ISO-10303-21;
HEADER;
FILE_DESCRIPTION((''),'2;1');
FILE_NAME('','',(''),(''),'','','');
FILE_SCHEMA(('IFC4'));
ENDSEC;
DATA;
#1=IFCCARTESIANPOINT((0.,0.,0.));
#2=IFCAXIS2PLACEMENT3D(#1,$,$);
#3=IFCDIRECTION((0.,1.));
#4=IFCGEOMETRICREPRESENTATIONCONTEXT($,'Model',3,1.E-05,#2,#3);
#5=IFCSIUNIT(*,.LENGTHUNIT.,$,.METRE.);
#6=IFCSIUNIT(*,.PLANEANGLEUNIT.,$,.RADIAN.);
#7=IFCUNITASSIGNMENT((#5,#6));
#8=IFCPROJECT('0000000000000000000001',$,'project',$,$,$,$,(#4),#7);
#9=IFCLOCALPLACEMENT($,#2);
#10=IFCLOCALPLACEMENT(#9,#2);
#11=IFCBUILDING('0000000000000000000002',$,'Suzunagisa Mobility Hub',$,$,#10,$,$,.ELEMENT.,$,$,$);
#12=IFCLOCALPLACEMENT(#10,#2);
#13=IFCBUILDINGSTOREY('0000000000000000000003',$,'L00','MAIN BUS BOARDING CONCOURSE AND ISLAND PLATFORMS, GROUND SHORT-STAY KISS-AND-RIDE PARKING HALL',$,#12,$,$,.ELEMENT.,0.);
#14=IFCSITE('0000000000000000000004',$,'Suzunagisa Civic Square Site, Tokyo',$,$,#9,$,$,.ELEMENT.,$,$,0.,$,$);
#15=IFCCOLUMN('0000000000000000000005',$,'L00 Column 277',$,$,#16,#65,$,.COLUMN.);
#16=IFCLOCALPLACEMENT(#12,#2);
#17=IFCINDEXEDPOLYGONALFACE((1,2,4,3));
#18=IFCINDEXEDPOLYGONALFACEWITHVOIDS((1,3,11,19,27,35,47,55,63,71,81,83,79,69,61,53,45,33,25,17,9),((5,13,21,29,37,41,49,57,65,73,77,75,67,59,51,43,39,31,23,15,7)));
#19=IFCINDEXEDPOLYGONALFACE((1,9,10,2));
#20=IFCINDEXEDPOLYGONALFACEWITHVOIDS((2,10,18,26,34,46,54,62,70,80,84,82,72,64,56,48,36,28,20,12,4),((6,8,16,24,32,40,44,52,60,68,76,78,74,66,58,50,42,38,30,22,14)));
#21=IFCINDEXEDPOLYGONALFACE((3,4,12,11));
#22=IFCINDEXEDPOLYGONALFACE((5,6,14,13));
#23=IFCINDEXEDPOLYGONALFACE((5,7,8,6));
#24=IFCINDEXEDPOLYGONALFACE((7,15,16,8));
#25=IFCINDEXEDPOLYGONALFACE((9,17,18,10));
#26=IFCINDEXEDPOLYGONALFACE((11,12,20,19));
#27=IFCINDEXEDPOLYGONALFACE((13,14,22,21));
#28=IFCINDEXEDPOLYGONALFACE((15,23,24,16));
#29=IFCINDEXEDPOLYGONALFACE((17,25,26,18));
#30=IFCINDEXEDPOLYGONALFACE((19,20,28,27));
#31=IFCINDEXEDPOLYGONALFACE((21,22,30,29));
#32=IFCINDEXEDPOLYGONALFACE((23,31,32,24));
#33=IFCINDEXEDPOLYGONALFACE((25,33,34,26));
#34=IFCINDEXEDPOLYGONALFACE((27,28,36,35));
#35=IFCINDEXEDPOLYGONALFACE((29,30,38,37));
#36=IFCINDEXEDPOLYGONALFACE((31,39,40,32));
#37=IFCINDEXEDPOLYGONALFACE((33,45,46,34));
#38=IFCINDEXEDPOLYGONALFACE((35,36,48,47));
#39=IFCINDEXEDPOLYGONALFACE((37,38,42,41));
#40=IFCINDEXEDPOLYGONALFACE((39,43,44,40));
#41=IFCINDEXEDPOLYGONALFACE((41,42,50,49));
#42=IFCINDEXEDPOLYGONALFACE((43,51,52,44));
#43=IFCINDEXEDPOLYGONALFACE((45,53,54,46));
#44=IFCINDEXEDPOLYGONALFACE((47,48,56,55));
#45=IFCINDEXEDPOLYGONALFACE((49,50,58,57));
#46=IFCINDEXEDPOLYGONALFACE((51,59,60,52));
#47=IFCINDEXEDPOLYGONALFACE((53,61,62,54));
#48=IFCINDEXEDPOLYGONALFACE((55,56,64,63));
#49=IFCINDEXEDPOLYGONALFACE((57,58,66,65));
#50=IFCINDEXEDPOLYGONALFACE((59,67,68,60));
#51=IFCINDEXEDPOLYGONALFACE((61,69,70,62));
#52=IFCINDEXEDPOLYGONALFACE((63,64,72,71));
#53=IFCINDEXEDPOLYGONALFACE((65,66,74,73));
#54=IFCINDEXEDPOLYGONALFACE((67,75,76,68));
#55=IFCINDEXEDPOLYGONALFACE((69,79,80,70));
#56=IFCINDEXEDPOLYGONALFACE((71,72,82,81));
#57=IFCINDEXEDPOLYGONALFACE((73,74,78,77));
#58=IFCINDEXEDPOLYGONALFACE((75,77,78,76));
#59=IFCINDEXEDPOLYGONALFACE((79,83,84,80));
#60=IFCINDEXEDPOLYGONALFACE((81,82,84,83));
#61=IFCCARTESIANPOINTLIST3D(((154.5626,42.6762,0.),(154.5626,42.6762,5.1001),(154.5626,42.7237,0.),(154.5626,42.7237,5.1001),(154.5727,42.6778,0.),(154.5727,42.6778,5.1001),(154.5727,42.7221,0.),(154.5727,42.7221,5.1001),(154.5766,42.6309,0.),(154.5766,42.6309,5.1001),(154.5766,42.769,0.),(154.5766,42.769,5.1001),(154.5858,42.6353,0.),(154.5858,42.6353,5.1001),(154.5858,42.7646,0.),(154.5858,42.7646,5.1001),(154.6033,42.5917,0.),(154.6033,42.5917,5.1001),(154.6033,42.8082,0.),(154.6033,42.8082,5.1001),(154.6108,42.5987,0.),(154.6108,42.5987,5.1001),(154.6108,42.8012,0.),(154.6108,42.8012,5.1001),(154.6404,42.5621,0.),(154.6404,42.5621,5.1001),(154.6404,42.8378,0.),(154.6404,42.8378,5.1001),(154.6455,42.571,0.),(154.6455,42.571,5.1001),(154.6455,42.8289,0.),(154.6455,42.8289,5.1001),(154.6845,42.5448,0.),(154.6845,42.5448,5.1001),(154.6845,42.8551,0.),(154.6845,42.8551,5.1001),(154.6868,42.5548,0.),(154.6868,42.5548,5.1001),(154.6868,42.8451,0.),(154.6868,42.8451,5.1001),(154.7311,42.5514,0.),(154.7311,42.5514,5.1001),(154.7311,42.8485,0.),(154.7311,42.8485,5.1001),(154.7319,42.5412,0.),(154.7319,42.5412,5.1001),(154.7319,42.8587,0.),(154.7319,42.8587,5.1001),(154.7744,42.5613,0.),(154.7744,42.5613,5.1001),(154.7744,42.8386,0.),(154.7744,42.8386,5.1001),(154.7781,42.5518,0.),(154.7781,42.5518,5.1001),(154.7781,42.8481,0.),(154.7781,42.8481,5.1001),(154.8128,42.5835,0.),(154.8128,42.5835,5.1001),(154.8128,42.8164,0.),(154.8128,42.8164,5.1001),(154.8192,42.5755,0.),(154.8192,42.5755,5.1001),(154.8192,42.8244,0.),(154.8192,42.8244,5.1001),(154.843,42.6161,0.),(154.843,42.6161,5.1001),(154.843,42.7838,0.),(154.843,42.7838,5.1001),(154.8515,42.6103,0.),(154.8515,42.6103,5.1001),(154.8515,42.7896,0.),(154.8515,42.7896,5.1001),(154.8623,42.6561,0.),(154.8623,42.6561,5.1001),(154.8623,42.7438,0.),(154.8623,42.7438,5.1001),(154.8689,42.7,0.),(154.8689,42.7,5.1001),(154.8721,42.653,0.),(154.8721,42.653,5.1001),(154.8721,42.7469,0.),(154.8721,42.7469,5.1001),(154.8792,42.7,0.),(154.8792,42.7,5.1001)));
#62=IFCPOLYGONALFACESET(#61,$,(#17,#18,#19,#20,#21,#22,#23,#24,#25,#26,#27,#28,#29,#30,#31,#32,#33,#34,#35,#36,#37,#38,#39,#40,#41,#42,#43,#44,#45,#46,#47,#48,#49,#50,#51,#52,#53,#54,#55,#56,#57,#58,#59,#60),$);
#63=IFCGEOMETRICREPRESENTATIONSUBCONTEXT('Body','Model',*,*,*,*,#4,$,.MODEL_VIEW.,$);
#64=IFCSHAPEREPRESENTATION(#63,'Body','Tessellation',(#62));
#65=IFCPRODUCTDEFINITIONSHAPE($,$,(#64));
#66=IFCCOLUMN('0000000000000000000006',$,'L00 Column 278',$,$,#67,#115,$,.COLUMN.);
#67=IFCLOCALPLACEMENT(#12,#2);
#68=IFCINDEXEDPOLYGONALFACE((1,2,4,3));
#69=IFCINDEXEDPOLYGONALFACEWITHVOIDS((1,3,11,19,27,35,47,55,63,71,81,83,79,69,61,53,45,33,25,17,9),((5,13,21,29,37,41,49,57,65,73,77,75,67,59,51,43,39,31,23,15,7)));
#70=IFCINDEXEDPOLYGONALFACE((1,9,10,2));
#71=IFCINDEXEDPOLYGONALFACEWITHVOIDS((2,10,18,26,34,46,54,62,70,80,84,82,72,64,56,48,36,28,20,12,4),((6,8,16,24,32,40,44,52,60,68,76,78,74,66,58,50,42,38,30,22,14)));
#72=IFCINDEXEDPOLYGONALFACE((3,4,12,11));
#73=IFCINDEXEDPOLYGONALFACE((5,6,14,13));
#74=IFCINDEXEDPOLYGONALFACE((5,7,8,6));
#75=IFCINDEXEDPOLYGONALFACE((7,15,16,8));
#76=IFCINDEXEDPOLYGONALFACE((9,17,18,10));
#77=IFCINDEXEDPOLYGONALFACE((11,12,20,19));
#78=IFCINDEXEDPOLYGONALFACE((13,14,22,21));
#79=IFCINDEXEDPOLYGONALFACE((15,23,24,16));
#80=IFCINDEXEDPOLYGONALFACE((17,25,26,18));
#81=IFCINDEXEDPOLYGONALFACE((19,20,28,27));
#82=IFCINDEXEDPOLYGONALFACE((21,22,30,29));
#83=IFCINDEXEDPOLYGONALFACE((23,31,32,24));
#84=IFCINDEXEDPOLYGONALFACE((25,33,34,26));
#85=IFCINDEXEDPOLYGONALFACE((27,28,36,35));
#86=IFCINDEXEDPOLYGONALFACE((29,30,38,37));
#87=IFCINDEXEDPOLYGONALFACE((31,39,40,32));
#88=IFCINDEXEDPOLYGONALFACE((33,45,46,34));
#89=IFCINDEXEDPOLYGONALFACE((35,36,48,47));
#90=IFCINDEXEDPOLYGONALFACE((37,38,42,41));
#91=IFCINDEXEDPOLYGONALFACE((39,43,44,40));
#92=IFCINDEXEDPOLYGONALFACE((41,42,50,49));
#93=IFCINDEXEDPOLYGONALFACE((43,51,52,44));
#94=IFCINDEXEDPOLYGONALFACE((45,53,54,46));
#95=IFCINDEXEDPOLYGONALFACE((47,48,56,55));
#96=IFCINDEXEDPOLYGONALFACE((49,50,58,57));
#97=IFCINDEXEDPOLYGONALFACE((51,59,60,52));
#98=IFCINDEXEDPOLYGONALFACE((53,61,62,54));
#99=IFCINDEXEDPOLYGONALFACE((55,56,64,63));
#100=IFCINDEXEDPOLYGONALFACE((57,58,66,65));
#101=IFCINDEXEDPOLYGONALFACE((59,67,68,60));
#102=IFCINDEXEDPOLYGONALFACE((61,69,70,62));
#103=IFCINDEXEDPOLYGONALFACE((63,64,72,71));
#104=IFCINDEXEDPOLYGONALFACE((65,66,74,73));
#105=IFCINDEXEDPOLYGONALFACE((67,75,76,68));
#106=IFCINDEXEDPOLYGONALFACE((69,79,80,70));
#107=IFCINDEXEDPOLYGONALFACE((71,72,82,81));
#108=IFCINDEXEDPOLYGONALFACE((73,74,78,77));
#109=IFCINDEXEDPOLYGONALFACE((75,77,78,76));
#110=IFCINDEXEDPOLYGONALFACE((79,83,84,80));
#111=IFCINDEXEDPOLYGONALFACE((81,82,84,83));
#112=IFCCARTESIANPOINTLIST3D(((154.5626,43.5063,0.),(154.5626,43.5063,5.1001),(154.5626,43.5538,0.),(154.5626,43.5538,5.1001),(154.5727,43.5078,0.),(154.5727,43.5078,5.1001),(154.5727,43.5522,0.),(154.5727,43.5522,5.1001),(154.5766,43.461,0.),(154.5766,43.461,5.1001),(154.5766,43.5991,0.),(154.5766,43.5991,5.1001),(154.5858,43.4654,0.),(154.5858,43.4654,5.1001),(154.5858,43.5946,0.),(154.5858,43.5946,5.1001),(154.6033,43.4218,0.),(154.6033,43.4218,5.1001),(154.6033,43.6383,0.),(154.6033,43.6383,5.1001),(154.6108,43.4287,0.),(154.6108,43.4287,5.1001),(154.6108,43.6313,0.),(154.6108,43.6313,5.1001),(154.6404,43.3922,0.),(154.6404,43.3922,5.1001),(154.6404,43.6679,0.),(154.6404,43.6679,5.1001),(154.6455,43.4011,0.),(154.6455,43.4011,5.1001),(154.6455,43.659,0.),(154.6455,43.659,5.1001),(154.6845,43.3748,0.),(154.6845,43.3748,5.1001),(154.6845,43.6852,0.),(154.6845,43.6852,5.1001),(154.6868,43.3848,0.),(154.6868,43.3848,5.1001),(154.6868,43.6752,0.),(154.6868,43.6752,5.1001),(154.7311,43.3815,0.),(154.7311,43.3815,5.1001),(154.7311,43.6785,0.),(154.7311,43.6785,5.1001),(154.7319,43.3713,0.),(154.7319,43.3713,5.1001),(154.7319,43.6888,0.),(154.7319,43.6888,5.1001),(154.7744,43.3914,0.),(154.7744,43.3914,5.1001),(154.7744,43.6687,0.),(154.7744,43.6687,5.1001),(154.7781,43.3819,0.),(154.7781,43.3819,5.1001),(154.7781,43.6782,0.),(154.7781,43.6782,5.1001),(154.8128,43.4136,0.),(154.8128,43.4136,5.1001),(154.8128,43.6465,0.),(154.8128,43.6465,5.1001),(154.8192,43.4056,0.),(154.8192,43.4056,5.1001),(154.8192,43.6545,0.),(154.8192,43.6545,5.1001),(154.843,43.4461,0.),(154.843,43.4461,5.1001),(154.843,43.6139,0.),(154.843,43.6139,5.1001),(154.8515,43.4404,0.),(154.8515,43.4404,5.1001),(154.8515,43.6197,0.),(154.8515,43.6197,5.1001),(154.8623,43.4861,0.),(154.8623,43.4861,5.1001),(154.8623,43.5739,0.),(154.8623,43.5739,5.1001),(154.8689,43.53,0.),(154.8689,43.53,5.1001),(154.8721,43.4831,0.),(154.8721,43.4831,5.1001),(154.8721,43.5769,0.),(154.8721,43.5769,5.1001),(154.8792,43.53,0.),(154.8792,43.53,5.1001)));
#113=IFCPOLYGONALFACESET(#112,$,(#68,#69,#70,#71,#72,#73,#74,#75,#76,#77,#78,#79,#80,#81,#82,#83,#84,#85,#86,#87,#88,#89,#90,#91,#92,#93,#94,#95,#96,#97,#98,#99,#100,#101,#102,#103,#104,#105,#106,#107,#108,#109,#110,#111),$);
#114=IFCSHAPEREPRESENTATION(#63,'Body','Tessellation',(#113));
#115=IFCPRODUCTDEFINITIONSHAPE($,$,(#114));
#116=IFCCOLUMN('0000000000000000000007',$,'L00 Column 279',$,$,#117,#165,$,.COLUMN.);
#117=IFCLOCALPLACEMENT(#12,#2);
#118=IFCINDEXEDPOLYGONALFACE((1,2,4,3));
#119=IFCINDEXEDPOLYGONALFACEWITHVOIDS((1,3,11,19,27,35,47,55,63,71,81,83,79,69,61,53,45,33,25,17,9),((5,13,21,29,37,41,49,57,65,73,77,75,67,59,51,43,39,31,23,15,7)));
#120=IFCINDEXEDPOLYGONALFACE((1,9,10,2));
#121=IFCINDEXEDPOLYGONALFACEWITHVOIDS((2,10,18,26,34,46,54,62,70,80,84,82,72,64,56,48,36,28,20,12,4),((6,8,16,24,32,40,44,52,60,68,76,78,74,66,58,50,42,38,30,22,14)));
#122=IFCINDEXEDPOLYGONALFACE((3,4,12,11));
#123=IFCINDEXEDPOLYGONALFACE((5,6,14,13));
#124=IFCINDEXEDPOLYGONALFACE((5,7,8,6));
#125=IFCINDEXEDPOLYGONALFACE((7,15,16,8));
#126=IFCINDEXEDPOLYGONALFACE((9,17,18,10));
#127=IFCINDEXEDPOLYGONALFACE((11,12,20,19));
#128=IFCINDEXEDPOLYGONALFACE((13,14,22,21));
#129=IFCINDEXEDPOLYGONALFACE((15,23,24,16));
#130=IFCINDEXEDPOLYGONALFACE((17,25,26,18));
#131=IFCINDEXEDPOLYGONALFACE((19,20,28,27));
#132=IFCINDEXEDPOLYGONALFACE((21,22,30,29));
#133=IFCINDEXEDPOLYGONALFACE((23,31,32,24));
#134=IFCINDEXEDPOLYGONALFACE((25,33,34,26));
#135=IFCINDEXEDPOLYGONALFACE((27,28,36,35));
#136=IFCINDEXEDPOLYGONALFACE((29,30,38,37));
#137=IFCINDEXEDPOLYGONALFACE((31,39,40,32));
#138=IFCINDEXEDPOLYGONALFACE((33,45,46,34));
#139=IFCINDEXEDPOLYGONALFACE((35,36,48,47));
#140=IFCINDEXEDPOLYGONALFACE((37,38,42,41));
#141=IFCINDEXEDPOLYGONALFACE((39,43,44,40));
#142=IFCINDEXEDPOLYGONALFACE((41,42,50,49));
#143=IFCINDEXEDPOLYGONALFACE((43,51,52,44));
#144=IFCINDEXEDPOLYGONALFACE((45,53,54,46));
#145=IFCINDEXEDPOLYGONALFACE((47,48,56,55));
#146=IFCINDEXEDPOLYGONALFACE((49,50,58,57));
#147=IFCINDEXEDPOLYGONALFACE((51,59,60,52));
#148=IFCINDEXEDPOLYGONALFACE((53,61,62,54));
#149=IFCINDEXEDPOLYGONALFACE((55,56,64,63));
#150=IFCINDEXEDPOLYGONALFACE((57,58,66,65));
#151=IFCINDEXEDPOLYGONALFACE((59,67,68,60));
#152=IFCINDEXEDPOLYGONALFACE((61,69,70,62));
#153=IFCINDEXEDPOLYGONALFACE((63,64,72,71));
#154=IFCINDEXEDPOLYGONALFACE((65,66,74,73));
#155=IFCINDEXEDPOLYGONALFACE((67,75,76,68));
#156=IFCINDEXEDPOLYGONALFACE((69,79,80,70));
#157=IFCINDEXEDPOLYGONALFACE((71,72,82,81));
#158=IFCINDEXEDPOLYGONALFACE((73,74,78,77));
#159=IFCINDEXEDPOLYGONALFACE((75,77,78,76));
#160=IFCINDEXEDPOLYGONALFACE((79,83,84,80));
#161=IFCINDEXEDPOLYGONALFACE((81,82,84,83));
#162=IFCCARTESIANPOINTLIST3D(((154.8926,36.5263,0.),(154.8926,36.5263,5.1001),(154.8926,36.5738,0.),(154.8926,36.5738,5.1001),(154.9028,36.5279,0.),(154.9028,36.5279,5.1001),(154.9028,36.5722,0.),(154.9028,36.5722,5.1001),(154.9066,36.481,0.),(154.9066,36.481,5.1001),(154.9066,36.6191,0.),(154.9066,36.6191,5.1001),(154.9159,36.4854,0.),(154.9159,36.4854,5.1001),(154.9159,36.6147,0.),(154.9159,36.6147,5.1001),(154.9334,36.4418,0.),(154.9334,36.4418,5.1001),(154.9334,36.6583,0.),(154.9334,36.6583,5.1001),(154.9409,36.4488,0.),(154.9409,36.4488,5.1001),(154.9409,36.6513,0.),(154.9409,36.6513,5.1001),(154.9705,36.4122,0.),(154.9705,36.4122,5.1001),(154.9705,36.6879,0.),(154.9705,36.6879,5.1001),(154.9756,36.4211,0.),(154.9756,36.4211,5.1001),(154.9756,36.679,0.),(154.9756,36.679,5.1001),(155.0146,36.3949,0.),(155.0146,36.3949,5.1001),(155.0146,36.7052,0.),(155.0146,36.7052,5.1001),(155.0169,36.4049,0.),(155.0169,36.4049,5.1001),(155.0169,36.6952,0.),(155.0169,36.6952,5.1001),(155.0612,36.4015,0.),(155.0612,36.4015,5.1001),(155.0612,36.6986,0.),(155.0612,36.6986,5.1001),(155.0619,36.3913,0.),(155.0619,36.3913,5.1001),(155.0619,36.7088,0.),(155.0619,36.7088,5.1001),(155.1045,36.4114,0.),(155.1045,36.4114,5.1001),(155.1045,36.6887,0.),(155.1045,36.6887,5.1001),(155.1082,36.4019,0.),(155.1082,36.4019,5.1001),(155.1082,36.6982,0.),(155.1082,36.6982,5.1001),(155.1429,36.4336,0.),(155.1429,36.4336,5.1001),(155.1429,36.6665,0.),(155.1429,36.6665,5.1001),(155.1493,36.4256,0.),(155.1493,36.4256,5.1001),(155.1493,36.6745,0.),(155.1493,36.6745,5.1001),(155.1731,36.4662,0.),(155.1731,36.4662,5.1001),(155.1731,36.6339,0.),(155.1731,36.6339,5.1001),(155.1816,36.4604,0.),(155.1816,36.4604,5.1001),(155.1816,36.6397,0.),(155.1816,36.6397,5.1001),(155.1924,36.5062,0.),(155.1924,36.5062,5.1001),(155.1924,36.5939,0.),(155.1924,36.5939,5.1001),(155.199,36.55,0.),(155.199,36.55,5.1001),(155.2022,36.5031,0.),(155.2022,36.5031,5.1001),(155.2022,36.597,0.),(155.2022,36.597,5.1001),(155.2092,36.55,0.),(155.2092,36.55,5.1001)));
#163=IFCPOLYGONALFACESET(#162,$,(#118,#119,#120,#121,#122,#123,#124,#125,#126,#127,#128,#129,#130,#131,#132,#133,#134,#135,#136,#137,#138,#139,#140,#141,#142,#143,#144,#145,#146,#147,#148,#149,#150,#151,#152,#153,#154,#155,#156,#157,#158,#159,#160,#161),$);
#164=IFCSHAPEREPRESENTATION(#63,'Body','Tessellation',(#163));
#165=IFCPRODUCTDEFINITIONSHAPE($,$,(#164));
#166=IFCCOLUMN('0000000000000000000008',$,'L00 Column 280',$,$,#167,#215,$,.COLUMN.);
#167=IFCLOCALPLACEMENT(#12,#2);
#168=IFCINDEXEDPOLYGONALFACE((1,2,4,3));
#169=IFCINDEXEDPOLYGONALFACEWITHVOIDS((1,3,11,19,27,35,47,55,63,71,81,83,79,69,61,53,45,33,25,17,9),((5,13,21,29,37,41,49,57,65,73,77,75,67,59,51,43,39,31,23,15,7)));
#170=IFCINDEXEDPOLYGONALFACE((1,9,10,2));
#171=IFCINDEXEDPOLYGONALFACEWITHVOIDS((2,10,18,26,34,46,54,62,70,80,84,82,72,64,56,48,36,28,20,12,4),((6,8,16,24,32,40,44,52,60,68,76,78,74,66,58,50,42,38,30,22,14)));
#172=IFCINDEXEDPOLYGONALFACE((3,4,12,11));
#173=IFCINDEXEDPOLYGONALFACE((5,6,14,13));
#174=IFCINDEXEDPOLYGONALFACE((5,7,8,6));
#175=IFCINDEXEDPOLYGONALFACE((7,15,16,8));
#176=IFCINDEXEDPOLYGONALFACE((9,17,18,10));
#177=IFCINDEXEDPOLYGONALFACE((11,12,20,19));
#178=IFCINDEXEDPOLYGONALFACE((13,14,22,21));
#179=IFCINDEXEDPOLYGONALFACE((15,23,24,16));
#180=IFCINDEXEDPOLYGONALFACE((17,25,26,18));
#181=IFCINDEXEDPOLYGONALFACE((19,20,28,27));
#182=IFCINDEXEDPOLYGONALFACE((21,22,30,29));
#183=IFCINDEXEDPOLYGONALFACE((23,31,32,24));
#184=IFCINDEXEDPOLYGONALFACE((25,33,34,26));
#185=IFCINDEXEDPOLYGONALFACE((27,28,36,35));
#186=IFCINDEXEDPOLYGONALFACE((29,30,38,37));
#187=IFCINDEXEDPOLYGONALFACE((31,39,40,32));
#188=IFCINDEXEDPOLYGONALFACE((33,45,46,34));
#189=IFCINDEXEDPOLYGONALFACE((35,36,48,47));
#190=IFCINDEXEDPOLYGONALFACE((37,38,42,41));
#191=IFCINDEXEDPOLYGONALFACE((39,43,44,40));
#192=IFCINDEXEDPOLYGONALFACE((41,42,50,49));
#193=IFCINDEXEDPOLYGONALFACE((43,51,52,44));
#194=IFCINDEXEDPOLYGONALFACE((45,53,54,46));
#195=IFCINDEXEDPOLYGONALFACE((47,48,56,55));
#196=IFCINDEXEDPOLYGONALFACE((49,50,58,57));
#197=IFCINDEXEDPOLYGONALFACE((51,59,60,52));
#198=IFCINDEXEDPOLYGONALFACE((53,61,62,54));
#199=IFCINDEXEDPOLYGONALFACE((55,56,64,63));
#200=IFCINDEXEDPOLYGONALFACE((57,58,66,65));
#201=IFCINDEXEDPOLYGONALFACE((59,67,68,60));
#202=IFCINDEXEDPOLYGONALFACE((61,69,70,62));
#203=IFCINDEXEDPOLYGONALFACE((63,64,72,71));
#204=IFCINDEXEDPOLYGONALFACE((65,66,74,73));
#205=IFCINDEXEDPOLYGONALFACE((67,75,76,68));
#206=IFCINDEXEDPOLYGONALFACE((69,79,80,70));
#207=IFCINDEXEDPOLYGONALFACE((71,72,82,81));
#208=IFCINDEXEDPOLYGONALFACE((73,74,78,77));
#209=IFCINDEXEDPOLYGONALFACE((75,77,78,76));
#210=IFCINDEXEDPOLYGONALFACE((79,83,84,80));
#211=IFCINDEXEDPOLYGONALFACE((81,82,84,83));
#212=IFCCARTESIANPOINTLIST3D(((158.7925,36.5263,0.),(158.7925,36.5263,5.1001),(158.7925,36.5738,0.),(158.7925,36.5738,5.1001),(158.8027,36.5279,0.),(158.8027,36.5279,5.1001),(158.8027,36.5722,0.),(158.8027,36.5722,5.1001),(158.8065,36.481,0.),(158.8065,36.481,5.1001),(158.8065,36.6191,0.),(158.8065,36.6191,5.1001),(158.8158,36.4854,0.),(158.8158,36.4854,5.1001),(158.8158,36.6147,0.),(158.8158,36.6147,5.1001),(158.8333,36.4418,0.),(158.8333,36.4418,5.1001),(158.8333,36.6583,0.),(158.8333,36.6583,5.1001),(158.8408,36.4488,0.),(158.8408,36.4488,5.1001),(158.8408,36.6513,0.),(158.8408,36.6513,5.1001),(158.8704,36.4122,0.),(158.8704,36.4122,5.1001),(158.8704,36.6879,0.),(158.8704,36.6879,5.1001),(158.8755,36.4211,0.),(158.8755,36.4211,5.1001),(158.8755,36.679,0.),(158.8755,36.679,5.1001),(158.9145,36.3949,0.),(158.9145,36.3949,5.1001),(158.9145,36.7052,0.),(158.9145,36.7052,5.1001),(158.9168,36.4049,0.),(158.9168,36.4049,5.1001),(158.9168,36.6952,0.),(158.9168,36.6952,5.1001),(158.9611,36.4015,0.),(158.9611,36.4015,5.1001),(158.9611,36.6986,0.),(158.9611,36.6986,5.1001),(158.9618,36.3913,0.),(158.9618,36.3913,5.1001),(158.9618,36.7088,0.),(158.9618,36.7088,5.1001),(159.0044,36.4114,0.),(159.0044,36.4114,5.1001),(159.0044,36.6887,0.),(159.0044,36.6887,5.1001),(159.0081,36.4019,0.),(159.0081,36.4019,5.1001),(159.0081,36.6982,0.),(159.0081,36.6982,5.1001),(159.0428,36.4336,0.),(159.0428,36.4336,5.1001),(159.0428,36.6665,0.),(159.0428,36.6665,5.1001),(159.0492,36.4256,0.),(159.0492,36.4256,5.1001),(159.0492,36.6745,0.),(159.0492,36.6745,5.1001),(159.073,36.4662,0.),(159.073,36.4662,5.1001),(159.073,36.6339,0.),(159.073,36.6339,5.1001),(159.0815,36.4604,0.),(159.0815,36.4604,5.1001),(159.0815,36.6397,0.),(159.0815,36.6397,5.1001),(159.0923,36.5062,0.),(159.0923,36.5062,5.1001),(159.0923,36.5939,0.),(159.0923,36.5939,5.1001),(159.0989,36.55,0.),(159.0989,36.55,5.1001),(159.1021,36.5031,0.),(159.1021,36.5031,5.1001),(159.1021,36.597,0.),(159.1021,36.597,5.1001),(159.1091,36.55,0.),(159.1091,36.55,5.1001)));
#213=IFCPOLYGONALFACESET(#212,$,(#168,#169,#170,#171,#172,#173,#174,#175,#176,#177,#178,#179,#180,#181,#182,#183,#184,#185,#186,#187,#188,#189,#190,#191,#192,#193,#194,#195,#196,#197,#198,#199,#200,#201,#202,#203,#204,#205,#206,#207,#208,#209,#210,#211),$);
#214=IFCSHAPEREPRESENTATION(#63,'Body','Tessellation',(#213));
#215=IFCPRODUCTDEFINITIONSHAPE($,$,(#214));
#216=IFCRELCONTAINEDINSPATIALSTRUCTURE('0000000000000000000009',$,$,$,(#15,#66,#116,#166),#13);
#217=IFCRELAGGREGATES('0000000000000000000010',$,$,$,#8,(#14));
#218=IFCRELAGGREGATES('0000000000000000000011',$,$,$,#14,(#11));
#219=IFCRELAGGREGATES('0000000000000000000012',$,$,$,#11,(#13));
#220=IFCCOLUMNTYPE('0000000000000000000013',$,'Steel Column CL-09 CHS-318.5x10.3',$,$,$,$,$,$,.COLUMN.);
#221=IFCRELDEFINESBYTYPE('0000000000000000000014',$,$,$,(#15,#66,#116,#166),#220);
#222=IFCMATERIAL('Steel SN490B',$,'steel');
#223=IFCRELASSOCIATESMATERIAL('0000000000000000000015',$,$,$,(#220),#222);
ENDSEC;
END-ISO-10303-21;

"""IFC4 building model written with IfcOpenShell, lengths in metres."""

from ifc_helpers import new_model, si_unit, direction, frame, origin, origin_2d, place, context, subcontext, project, spatial, hollow_circle, extrude, material, material_profile, profile_set, type_object, element, save


model = new_model("IFC4")

# Units and contexts
model_context = context("Model", 3, precision=1e-05, world=origin(), true_north=direction((0.0, 1.0)))
body_context = subcontext(model_context, "Body", "Model", "MODEL_VIEW")
ifc_project = project(units=[si_unit("LENGTHUNIT", "METRE"), si_unit("PLANEANGLEUNIT", "RADIAN")], contexts=[model_context])

# Site, building, storey
site_placement = place(None, origin())
site = spatial("IfcSite", under=ifc_project, at=site_placement, Name="Suzunagisa Civic Square Site, Tokyo", CompositionType="ELEMENT", RefElevation=0.0)
building_placement = place(site_placement, origin())
building = spatial("IfcBuilding", under=site, at=building_placement, Name="Suzunagisa Mobility Hub", CompositionType="ELEMENT")
storey_placement = place(building_placement, origin())
storey = spatial("IfcBuildingStorey", under=building, at=storey_placement, Name="L00", Description="MAIN BUS BOARDING CONCOURSE AND ISLAND PLATFORMS, GROUND SHORT-STAY KISS-AND-RIDE PARKING HALL", CompositionType="ELEMENT", Elevation=0.0)

# Columns
ifc_material_1 = material(Name="Steel SN490B", Category="steel")
ifc_material_profile_1 = material_profile(ifc_material_1, hollow_circle(Radius=0.1592, WallThickness=0.0103, at=origin_2d()), Name="CHS-318.5x10.3")
ifc_profile_set_1 = profile_set([ifc_material_profile_1], Name="Steel SN490B")
column_type_1 = type_object("IfcColumnType", Name="Steel Column CL-09 CHS-318.5x10.3", PredefinedType="COLUMN", material=ifc_profile_set_1)
for number, where, z_axis, x_axis, name in (
    (1, (154.72, 42.7, 0.0), (0.0, 0.0, 1.0), (1.0, 0.0, 0.0), "L00 Column 277"),
    (2, (154.72, 43.53, 0.0), (0.0, 0.0, 1.0), (1.0, 0.0, 0.0), "L00 Column 278"),
    (3, (155.05, 36.55, 0.0), (0.0, 0.0, 1.0), (1.0, 0.0, 0.0), "L00 Column 279"),
    (4, (158.95, 36.55, 0.0), (0.0, 0.0, 1.0), (1.0, 0.0, 0.0), "L00 Column 280"),
):
    element("IfcColumn", number, at=place(storey_placement, frame(where, z_axis=z_axis, x_axis=x_axis)), inside=storey, type_object=column_type_1, Name=name, PredefinedType="COLUMN", context=body_context, shape_type="SweptSolid", body=[
        extrude(hollow_circle(Radius=0.1592, WallThickness=0.0103, at=origin_2d()), origin(), (0.0, 0.0, 1.0), 5.1001),
    ])

save(model, "model.ifc")
